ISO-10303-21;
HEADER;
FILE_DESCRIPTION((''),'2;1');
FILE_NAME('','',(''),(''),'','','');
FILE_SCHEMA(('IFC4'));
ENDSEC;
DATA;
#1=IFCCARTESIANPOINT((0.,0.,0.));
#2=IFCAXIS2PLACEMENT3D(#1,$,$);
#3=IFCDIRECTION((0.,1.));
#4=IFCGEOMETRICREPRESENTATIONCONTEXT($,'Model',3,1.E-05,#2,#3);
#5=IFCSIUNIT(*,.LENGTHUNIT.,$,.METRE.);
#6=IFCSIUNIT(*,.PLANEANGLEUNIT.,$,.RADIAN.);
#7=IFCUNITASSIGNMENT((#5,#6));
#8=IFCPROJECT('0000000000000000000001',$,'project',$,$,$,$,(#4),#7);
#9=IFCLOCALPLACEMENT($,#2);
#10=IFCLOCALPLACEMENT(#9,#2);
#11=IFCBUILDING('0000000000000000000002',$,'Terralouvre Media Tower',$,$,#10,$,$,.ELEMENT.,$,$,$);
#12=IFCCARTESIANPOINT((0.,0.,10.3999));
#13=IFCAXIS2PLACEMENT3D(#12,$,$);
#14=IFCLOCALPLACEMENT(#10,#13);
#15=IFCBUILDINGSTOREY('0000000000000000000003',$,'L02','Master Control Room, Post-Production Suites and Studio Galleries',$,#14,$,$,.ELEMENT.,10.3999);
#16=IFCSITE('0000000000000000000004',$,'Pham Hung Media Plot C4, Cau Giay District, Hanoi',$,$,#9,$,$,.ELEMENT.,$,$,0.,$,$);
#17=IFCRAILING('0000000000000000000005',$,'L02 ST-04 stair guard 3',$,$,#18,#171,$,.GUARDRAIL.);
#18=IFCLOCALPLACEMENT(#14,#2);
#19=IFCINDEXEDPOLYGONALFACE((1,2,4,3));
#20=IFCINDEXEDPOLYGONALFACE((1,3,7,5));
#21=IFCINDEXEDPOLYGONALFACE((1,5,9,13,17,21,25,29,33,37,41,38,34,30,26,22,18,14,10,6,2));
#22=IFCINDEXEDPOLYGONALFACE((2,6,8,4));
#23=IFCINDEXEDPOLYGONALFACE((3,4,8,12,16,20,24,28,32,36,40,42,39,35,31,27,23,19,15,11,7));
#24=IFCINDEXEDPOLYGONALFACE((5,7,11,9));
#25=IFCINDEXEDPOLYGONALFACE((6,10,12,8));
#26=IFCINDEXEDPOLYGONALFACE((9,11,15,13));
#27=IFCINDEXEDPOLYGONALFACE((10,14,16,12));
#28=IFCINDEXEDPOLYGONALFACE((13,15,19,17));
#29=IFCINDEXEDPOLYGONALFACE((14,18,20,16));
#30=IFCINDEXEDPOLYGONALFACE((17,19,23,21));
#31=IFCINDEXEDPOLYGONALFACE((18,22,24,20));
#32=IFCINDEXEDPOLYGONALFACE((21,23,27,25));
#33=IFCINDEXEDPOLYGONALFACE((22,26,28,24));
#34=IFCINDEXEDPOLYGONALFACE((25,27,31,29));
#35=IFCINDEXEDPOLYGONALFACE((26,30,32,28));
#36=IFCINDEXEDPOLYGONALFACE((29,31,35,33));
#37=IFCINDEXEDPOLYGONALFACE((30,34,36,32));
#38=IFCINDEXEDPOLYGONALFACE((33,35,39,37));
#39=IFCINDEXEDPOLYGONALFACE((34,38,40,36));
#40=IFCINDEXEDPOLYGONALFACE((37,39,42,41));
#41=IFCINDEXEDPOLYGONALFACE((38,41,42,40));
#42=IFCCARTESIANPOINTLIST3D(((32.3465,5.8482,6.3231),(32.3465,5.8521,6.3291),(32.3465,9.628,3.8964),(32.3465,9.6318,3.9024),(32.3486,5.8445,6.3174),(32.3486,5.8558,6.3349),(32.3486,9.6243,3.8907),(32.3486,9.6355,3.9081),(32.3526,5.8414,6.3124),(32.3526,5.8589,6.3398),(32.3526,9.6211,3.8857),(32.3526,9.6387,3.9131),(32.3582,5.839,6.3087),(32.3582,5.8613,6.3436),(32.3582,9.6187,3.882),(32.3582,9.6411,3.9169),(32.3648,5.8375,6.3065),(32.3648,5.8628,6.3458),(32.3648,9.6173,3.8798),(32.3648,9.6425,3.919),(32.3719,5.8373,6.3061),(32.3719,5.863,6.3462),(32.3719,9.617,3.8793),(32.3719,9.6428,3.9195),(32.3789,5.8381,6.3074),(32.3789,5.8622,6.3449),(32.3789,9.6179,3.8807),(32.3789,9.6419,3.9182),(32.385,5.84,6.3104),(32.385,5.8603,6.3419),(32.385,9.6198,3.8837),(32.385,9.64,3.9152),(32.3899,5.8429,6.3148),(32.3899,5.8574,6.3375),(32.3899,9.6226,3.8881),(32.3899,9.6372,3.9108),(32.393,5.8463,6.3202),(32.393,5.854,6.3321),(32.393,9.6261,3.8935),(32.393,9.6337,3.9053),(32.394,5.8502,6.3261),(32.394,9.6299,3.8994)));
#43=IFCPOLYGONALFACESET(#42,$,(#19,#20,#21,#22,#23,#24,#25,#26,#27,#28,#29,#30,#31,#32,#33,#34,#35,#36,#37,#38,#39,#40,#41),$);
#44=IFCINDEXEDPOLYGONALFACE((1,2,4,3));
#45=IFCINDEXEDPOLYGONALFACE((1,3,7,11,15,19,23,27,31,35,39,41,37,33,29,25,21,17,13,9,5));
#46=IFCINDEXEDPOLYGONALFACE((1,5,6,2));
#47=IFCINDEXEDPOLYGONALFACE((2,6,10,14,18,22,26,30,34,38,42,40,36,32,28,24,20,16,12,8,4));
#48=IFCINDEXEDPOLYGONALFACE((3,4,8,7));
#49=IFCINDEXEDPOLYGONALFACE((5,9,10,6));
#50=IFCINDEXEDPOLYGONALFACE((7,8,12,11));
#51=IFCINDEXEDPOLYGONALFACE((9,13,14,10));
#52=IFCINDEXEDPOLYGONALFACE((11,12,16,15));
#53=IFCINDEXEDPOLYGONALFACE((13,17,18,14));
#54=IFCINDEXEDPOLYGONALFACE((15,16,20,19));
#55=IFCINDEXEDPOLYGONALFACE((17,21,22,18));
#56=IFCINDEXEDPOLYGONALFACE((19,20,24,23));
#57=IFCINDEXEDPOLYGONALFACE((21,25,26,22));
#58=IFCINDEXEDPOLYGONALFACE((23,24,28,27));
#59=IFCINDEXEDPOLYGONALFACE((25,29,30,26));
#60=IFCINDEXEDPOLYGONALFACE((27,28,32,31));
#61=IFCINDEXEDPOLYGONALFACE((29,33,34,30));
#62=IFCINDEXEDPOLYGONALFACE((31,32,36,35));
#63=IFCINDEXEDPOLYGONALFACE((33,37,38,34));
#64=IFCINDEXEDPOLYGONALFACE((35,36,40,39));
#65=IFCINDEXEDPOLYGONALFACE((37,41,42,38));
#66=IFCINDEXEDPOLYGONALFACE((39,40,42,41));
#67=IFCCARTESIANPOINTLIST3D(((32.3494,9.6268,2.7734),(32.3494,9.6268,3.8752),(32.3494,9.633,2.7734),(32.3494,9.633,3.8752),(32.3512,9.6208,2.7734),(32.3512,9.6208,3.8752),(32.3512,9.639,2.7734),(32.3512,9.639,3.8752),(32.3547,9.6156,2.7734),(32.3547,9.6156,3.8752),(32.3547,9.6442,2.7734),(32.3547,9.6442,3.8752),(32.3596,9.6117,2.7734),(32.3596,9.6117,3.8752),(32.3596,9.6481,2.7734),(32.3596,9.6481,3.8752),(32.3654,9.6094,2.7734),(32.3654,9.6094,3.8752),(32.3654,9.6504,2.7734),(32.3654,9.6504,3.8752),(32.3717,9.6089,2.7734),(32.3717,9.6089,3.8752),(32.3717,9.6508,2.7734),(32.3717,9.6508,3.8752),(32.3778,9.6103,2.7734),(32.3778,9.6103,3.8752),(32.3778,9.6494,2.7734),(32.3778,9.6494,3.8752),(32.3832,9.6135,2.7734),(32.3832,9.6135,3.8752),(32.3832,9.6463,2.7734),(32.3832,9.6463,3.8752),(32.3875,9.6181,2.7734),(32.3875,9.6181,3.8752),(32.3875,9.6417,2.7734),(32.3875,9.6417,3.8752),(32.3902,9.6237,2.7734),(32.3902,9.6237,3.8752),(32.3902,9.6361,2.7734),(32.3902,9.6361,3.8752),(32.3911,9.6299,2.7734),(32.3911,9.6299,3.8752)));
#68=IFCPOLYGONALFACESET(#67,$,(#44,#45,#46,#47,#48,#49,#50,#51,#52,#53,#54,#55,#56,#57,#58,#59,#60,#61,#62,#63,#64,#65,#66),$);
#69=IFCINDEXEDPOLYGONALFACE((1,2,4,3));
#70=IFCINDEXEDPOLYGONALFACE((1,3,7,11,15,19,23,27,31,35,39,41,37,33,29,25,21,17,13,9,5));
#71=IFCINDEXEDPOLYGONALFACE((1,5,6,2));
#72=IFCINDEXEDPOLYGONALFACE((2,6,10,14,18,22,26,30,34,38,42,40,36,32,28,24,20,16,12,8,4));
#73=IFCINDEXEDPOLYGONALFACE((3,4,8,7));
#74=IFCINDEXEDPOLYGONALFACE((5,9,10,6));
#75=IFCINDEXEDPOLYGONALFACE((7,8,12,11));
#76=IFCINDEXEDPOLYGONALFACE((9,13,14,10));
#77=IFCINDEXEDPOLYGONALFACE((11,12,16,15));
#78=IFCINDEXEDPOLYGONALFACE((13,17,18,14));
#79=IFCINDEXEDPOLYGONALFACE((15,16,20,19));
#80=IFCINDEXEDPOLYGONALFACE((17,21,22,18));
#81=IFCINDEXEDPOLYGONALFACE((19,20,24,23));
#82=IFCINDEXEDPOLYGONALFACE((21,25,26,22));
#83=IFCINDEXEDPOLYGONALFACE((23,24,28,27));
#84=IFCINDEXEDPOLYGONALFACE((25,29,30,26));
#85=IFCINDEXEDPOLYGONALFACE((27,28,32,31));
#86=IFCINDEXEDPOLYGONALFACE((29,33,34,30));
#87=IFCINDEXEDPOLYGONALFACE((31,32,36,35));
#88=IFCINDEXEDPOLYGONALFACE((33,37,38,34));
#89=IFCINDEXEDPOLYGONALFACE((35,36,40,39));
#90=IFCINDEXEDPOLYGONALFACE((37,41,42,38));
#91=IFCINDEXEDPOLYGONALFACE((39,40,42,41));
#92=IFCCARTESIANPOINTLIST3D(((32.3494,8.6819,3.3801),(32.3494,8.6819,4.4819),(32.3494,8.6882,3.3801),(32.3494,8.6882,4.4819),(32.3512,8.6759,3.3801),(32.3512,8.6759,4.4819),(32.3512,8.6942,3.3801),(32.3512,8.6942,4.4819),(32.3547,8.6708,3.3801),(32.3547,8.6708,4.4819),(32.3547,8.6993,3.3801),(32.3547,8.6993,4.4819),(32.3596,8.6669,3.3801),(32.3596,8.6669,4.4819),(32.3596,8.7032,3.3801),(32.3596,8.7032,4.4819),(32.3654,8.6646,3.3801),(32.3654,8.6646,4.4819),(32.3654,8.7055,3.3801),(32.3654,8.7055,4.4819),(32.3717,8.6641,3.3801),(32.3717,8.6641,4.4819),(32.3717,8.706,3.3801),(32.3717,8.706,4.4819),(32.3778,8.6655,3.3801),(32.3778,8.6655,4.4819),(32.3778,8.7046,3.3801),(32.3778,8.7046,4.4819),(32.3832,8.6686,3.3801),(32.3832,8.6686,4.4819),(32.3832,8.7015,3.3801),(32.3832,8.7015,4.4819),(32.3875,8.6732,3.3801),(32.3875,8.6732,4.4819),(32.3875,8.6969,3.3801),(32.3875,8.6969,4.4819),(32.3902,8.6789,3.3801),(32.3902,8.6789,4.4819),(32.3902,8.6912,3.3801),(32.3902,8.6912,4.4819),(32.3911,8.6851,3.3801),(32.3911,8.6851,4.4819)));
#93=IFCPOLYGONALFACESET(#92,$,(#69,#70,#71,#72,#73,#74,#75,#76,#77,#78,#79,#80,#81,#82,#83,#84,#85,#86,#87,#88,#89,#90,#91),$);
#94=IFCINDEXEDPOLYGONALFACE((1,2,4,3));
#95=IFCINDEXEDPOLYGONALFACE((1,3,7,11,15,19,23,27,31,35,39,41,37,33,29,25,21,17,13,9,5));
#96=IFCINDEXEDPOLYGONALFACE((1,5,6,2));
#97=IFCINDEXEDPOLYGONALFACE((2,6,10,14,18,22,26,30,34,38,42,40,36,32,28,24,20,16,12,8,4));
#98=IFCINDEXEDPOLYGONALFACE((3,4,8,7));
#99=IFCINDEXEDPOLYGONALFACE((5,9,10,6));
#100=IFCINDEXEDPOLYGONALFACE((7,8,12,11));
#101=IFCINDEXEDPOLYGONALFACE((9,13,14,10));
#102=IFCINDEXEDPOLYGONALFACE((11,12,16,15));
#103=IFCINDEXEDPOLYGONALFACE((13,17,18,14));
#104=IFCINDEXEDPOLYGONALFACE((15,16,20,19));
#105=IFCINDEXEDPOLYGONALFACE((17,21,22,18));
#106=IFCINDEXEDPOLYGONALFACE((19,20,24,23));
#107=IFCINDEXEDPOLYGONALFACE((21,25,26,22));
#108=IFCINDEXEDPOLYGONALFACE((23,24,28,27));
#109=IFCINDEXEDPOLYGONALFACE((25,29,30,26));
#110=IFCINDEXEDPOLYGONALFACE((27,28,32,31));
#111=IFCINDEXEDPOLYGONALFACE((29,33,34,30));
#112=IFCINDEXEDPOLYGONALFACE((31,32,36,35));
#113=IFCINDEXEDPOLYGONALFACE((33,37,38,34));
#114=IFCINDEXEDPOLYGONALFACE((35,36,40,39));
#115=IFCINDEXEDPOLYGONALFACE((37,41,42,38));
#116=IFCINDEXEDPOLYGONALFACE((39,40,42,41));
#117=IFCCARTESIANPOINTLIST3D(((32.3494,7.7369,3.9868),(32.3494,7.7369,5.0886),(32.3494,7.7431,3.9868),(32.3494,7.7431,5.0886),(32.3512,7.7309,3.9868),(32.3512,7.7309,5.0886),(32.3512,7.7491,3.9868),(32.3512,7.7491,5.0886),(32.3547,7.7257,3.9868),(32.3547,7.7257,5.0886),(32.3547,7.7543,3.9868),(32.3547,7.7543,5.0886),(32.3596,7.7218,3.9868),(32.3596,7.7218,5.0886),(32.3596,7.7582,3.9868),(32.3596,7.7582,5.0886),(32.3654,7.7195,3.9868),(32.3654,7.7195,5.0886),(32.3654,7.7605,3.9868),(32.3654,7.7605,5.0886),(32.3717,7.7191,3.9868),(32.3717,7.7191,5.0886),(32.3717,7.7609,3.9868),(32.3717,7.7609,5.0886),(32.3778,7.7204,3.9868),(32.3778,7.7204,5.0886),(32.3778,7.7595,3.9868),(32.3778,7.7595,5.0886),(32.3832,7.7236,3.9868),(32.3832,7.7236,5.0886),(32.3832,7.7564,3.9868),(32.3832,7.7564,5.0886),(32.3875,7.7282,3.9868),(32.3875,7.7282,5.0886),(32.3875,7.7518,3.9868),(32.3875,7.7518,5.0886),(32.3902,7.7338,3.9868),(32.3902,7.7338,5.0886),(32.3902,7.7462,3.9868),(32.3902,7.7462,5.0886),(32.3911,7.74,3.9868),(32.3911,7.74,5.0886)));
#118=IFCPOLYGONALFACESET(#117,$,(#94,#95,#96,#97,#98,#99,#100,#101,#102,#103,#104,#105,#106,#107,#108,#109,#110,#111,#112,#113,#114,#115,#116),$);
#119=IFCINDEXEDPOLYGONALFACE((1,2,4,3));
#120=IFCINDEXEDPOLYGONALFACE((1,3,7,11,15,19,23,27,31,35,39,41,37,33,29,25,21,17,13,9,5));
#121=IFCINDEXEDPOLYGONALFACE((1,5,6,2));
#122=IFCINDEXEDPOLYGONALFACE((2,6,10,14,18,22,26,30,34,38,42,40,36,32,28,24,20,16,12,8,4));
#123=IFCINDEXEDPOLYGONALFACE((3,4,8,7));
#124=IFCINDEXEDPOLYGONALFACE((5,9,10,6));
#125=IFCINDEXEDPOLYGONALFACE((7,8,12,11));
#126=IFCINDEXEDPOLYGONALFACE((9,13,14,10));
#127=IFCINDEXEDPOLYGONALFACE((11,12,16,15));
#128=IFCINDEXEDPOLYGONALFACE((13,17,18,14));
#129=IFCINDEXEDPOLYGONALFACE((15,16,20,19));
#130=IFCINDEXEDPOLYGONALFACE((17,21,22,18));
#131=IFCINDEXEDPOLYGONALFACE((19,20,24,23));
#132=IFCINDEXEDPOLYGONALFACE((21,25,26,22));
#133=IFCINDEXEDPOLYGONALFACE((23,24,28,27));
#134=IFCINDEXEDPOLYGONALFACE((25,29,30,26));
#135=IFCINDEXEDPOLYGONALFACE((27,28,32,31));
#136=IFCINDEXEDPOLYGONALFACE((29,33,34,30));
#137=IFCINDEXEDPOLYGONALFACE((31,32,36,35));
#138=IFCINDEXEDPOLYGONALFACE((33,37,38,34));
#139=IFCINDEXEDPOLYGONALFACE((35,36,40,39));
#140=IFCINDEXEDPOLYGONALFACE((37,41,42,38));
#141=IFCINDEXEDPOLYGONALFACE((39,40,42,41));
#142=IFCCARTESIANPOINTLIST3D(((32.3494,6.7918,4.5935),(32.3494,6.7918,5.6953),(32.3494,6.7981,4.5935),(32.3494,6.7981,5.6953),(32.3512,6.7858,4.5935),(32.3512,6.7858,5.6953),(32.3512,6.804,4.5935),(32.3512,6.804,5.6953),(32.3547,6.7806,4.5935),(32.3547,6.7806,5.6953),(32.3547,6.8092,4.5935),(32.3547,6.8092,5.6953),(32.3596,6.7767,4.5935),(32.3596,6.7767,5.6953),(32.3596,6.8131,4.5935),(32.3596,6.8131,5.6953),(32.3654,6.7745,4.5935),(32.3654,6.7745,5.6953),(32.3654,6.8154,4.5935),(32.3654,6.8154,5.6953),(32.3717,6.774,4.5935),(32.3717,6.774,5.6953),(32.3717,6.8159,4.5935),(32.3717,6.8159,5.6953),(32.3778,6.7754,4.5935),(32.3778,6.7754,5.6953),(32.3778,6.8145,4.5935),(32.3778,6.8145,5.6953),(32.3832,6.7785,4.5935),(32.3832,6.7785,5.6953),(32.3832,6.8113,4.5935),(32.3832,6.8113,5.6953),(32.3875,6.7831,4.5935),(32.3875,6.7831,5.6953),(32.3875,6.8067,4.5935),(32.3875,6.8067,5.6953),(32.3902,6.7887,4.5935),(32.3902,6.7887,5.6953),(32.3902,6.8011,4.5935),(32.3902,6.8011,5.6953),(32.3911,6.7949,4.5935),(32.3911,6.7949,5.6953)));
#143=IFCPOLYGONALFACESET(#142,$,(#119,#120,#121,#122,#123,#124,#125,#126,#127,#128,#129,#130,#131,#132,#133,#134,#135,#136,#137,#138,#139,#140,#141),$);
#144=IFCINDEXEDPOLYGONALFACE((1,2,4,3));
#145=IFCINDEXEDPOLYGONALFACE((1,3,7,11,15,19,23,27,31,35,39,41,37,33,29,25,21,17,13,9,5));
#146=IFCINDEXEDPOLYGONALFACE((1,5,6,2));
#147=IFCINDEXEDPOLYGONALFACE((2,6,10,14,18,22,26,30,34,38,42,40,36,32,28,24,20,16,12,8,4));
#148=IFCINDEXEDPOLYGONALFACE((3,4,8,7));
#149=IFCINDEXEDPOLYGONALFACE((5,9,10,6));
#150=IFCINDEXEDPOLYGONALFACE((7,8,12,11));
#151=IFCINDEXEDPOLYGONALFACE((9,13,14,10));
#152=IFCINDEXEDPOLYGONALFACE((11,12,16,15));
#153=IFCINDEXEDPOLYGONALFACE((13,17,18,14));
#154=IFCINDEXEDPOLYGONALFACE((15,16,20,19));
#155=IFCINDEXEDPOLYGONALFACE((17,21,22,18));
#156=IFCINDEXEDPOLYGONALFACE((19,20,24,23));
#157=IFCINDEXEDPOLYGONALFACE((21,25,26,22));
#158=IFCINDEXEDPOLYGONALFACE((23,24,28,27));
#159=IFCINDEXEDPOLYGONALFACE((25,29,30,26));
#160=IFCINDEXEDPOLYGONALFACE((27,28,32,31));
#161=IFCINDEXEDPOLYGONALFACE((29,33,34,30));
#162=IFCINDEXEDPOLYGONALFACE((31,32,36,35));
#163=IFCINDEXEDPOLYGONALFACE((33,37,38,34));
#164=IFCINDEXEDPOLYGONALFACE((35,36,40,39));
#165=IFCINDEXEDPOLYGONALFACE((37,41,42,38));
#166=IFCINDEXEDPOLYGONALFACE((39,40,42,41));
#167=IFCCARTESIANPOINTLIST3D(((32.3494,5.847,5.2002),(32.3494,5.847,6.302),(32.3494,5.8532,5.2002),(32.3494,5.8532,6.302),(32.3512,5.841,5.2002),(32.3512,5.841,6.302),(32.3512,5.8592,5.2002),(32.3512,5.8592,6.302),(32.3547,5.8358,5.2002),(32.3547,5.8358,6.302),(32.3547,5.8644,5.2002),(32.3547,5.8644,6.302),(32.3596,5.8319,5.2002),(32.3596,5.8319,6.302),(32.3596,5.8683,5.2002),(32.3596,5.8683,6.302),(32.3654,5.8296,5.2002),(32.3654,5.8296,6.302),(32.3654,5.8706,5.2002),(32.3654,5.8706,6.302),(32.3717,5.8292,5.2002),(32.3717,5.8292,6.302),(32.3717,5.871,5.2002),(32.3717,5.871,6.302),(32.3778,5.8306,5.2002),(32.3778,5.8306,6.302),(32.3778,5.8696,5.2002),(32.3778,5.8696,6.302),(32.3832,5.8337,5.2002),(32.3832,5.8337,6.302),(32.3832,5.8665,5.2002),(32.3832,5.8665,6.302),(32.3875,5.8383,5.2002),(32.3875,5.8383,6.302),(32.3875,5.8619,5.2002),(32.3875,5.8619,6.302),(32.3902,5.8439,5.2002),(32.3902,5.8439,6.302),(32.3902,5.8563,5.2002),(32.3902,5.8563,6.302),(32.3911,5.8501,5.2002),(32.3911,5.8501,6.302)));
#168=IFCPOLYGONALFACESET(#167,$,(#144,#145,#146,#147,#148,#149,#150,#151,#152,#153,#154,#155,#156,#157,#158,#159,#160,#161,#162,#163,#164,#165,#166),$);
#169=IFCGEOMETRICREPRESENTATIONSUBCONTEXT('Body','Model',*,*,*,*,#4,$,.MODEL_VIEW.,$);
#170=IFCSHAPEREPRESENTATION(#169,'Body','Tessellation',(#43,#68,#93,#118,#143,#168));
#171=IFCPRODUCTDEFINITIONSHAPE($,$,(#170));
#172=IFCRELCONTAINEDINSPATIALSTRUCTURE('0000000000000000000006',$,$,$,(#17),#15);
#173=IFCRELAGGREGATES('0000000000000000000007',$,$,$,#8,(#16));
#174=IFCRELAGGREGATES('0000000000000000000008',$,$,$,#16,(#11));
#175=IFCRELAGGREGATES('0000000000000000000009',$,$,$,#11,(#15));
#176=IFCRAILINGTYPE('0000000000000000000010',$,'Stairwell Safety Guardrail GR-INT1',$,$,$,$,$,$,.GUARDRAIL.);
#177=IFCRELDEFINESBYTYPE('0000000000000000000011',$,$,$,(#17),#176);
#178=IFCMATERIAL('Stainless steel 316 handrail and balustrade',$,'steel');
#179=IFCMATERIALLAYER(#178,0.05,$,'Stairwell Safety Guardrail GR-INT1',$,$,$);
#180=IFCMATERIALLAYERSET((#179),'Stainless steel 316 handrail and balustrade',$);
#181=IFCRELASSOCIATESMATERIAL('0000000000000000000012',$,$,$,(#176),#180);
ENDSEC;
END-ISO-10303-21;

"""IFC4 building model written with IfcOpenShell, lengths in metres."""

from ifc_helpers import new_model, si_unit, direction, frame, origin, origin_2d, place, context, subcontext, project, spatial, circle, extrude, material, layer, layer_set, type_object, element, save


model = new_model("IFC4")

# Units and contexts
model_context = context("Model", 3, precision=1e-05, world=origin(), true_north=direction((0.0, 1.0)))
body_context = subcontext(model_context, "Body", "Model", "MODEL_VIEW")
ifc_project = project(units=[si_unit("LENGTHUNIT", "METRE"), si_unit("PLANEANGLEUNIT", "RADIAN")], contexts=[model_context])

# Site, building, storey
site_placement = place(None, origin())
site = spatial("IfcSite", under=ifc_project, at=site_placement, Name="Pham Hung Media Plot C4, Cau Giay District, Hanoi", CompositionType="ELEMENT", RefElevation=0.0)
building_placement = place(site_placement, origin())
building = spatial("IfcBuilding", under=site, at=building_placement, Name="Terralouvre Media Tower", CompositionType="ELEMENT")
storey_placement = place(building_placement, frame((0.0, 0.0, 10.3999)))
storey = spatial("IfcBuildingStorey", under=building, at=storey_placement, Name="L02", Description="Master Control Room, Post-Production Suites and Studio Galleries", CompositionType="ELEMENT", Elevation=10.3999)

# Railing
ifc_material_1 = material(Name="Stainless steel 316 handrail and balustrade", Category="steel")
ifc_layer_1 = layer(ifc_material_1, 0.05, Name="Stairwell Safety Guardrail GR-INT1")
ifc_layer_set_1 = layer_set([ifc_layer_1], Name="Stainless steel 316 handrail and balustrade")
railing_type_1 = type_object("IfcRailingType", Name="Stairwell Safety Guardrail GR-INT1", PredefinedType="GUARDRAIL", material=ifc_layer_set_1)
railing_1_placement = place(storey_placement, frame((32.3701, 9.6299, 2.7734)))
element("IfcRailing", 1, at=railing_1_placement, inside=storey, type_object=railing_type_1, Name="L02 ST-04 stair guard 3", PredefinedType="GUARDRAIL", context=body_context, shape_type="SweptSolid", body=[
    extrude(circle(Radius=0.0239, at=origin_2d()), frame((0.0, 0.0, 1.126), z_axis=(0.0, -0.841493, 0.540269), x_axis=(1.0, 0.0, 0.0)), (0.0, 0.0, 1.0), 4.4917),
    extrude(circle(Radius=0.021, at=origin_2d()), origin(), (0.0, 0.0, 1.0), 1.1018),
    extrude(circle(Radius=0.021, at=origin_2d()), frame((0.0, -0.9448, 0.6067)), (0.0, 0.0, 1.0), 1.1018),
    extrude(circle(Radius=0.021, at=origin_2d()), frame((0.0, -1.8899, 1.2134)), (0.0, 0.0, 1.0), 1.1018),
    extrude(circle(Radius=0.021, at=origin_2d()), frame((0.0, -2.835, 1.8201)), (0.0, 0.0, 1.0), 1.1018),
    extrude(circle(Radius=0.021, at=origin_2d()), frame((0.0, -3.7798, 2.4268)), (0.0, 0.0, 1.0), 1.1018),
])

save(model, "model.ifc")
